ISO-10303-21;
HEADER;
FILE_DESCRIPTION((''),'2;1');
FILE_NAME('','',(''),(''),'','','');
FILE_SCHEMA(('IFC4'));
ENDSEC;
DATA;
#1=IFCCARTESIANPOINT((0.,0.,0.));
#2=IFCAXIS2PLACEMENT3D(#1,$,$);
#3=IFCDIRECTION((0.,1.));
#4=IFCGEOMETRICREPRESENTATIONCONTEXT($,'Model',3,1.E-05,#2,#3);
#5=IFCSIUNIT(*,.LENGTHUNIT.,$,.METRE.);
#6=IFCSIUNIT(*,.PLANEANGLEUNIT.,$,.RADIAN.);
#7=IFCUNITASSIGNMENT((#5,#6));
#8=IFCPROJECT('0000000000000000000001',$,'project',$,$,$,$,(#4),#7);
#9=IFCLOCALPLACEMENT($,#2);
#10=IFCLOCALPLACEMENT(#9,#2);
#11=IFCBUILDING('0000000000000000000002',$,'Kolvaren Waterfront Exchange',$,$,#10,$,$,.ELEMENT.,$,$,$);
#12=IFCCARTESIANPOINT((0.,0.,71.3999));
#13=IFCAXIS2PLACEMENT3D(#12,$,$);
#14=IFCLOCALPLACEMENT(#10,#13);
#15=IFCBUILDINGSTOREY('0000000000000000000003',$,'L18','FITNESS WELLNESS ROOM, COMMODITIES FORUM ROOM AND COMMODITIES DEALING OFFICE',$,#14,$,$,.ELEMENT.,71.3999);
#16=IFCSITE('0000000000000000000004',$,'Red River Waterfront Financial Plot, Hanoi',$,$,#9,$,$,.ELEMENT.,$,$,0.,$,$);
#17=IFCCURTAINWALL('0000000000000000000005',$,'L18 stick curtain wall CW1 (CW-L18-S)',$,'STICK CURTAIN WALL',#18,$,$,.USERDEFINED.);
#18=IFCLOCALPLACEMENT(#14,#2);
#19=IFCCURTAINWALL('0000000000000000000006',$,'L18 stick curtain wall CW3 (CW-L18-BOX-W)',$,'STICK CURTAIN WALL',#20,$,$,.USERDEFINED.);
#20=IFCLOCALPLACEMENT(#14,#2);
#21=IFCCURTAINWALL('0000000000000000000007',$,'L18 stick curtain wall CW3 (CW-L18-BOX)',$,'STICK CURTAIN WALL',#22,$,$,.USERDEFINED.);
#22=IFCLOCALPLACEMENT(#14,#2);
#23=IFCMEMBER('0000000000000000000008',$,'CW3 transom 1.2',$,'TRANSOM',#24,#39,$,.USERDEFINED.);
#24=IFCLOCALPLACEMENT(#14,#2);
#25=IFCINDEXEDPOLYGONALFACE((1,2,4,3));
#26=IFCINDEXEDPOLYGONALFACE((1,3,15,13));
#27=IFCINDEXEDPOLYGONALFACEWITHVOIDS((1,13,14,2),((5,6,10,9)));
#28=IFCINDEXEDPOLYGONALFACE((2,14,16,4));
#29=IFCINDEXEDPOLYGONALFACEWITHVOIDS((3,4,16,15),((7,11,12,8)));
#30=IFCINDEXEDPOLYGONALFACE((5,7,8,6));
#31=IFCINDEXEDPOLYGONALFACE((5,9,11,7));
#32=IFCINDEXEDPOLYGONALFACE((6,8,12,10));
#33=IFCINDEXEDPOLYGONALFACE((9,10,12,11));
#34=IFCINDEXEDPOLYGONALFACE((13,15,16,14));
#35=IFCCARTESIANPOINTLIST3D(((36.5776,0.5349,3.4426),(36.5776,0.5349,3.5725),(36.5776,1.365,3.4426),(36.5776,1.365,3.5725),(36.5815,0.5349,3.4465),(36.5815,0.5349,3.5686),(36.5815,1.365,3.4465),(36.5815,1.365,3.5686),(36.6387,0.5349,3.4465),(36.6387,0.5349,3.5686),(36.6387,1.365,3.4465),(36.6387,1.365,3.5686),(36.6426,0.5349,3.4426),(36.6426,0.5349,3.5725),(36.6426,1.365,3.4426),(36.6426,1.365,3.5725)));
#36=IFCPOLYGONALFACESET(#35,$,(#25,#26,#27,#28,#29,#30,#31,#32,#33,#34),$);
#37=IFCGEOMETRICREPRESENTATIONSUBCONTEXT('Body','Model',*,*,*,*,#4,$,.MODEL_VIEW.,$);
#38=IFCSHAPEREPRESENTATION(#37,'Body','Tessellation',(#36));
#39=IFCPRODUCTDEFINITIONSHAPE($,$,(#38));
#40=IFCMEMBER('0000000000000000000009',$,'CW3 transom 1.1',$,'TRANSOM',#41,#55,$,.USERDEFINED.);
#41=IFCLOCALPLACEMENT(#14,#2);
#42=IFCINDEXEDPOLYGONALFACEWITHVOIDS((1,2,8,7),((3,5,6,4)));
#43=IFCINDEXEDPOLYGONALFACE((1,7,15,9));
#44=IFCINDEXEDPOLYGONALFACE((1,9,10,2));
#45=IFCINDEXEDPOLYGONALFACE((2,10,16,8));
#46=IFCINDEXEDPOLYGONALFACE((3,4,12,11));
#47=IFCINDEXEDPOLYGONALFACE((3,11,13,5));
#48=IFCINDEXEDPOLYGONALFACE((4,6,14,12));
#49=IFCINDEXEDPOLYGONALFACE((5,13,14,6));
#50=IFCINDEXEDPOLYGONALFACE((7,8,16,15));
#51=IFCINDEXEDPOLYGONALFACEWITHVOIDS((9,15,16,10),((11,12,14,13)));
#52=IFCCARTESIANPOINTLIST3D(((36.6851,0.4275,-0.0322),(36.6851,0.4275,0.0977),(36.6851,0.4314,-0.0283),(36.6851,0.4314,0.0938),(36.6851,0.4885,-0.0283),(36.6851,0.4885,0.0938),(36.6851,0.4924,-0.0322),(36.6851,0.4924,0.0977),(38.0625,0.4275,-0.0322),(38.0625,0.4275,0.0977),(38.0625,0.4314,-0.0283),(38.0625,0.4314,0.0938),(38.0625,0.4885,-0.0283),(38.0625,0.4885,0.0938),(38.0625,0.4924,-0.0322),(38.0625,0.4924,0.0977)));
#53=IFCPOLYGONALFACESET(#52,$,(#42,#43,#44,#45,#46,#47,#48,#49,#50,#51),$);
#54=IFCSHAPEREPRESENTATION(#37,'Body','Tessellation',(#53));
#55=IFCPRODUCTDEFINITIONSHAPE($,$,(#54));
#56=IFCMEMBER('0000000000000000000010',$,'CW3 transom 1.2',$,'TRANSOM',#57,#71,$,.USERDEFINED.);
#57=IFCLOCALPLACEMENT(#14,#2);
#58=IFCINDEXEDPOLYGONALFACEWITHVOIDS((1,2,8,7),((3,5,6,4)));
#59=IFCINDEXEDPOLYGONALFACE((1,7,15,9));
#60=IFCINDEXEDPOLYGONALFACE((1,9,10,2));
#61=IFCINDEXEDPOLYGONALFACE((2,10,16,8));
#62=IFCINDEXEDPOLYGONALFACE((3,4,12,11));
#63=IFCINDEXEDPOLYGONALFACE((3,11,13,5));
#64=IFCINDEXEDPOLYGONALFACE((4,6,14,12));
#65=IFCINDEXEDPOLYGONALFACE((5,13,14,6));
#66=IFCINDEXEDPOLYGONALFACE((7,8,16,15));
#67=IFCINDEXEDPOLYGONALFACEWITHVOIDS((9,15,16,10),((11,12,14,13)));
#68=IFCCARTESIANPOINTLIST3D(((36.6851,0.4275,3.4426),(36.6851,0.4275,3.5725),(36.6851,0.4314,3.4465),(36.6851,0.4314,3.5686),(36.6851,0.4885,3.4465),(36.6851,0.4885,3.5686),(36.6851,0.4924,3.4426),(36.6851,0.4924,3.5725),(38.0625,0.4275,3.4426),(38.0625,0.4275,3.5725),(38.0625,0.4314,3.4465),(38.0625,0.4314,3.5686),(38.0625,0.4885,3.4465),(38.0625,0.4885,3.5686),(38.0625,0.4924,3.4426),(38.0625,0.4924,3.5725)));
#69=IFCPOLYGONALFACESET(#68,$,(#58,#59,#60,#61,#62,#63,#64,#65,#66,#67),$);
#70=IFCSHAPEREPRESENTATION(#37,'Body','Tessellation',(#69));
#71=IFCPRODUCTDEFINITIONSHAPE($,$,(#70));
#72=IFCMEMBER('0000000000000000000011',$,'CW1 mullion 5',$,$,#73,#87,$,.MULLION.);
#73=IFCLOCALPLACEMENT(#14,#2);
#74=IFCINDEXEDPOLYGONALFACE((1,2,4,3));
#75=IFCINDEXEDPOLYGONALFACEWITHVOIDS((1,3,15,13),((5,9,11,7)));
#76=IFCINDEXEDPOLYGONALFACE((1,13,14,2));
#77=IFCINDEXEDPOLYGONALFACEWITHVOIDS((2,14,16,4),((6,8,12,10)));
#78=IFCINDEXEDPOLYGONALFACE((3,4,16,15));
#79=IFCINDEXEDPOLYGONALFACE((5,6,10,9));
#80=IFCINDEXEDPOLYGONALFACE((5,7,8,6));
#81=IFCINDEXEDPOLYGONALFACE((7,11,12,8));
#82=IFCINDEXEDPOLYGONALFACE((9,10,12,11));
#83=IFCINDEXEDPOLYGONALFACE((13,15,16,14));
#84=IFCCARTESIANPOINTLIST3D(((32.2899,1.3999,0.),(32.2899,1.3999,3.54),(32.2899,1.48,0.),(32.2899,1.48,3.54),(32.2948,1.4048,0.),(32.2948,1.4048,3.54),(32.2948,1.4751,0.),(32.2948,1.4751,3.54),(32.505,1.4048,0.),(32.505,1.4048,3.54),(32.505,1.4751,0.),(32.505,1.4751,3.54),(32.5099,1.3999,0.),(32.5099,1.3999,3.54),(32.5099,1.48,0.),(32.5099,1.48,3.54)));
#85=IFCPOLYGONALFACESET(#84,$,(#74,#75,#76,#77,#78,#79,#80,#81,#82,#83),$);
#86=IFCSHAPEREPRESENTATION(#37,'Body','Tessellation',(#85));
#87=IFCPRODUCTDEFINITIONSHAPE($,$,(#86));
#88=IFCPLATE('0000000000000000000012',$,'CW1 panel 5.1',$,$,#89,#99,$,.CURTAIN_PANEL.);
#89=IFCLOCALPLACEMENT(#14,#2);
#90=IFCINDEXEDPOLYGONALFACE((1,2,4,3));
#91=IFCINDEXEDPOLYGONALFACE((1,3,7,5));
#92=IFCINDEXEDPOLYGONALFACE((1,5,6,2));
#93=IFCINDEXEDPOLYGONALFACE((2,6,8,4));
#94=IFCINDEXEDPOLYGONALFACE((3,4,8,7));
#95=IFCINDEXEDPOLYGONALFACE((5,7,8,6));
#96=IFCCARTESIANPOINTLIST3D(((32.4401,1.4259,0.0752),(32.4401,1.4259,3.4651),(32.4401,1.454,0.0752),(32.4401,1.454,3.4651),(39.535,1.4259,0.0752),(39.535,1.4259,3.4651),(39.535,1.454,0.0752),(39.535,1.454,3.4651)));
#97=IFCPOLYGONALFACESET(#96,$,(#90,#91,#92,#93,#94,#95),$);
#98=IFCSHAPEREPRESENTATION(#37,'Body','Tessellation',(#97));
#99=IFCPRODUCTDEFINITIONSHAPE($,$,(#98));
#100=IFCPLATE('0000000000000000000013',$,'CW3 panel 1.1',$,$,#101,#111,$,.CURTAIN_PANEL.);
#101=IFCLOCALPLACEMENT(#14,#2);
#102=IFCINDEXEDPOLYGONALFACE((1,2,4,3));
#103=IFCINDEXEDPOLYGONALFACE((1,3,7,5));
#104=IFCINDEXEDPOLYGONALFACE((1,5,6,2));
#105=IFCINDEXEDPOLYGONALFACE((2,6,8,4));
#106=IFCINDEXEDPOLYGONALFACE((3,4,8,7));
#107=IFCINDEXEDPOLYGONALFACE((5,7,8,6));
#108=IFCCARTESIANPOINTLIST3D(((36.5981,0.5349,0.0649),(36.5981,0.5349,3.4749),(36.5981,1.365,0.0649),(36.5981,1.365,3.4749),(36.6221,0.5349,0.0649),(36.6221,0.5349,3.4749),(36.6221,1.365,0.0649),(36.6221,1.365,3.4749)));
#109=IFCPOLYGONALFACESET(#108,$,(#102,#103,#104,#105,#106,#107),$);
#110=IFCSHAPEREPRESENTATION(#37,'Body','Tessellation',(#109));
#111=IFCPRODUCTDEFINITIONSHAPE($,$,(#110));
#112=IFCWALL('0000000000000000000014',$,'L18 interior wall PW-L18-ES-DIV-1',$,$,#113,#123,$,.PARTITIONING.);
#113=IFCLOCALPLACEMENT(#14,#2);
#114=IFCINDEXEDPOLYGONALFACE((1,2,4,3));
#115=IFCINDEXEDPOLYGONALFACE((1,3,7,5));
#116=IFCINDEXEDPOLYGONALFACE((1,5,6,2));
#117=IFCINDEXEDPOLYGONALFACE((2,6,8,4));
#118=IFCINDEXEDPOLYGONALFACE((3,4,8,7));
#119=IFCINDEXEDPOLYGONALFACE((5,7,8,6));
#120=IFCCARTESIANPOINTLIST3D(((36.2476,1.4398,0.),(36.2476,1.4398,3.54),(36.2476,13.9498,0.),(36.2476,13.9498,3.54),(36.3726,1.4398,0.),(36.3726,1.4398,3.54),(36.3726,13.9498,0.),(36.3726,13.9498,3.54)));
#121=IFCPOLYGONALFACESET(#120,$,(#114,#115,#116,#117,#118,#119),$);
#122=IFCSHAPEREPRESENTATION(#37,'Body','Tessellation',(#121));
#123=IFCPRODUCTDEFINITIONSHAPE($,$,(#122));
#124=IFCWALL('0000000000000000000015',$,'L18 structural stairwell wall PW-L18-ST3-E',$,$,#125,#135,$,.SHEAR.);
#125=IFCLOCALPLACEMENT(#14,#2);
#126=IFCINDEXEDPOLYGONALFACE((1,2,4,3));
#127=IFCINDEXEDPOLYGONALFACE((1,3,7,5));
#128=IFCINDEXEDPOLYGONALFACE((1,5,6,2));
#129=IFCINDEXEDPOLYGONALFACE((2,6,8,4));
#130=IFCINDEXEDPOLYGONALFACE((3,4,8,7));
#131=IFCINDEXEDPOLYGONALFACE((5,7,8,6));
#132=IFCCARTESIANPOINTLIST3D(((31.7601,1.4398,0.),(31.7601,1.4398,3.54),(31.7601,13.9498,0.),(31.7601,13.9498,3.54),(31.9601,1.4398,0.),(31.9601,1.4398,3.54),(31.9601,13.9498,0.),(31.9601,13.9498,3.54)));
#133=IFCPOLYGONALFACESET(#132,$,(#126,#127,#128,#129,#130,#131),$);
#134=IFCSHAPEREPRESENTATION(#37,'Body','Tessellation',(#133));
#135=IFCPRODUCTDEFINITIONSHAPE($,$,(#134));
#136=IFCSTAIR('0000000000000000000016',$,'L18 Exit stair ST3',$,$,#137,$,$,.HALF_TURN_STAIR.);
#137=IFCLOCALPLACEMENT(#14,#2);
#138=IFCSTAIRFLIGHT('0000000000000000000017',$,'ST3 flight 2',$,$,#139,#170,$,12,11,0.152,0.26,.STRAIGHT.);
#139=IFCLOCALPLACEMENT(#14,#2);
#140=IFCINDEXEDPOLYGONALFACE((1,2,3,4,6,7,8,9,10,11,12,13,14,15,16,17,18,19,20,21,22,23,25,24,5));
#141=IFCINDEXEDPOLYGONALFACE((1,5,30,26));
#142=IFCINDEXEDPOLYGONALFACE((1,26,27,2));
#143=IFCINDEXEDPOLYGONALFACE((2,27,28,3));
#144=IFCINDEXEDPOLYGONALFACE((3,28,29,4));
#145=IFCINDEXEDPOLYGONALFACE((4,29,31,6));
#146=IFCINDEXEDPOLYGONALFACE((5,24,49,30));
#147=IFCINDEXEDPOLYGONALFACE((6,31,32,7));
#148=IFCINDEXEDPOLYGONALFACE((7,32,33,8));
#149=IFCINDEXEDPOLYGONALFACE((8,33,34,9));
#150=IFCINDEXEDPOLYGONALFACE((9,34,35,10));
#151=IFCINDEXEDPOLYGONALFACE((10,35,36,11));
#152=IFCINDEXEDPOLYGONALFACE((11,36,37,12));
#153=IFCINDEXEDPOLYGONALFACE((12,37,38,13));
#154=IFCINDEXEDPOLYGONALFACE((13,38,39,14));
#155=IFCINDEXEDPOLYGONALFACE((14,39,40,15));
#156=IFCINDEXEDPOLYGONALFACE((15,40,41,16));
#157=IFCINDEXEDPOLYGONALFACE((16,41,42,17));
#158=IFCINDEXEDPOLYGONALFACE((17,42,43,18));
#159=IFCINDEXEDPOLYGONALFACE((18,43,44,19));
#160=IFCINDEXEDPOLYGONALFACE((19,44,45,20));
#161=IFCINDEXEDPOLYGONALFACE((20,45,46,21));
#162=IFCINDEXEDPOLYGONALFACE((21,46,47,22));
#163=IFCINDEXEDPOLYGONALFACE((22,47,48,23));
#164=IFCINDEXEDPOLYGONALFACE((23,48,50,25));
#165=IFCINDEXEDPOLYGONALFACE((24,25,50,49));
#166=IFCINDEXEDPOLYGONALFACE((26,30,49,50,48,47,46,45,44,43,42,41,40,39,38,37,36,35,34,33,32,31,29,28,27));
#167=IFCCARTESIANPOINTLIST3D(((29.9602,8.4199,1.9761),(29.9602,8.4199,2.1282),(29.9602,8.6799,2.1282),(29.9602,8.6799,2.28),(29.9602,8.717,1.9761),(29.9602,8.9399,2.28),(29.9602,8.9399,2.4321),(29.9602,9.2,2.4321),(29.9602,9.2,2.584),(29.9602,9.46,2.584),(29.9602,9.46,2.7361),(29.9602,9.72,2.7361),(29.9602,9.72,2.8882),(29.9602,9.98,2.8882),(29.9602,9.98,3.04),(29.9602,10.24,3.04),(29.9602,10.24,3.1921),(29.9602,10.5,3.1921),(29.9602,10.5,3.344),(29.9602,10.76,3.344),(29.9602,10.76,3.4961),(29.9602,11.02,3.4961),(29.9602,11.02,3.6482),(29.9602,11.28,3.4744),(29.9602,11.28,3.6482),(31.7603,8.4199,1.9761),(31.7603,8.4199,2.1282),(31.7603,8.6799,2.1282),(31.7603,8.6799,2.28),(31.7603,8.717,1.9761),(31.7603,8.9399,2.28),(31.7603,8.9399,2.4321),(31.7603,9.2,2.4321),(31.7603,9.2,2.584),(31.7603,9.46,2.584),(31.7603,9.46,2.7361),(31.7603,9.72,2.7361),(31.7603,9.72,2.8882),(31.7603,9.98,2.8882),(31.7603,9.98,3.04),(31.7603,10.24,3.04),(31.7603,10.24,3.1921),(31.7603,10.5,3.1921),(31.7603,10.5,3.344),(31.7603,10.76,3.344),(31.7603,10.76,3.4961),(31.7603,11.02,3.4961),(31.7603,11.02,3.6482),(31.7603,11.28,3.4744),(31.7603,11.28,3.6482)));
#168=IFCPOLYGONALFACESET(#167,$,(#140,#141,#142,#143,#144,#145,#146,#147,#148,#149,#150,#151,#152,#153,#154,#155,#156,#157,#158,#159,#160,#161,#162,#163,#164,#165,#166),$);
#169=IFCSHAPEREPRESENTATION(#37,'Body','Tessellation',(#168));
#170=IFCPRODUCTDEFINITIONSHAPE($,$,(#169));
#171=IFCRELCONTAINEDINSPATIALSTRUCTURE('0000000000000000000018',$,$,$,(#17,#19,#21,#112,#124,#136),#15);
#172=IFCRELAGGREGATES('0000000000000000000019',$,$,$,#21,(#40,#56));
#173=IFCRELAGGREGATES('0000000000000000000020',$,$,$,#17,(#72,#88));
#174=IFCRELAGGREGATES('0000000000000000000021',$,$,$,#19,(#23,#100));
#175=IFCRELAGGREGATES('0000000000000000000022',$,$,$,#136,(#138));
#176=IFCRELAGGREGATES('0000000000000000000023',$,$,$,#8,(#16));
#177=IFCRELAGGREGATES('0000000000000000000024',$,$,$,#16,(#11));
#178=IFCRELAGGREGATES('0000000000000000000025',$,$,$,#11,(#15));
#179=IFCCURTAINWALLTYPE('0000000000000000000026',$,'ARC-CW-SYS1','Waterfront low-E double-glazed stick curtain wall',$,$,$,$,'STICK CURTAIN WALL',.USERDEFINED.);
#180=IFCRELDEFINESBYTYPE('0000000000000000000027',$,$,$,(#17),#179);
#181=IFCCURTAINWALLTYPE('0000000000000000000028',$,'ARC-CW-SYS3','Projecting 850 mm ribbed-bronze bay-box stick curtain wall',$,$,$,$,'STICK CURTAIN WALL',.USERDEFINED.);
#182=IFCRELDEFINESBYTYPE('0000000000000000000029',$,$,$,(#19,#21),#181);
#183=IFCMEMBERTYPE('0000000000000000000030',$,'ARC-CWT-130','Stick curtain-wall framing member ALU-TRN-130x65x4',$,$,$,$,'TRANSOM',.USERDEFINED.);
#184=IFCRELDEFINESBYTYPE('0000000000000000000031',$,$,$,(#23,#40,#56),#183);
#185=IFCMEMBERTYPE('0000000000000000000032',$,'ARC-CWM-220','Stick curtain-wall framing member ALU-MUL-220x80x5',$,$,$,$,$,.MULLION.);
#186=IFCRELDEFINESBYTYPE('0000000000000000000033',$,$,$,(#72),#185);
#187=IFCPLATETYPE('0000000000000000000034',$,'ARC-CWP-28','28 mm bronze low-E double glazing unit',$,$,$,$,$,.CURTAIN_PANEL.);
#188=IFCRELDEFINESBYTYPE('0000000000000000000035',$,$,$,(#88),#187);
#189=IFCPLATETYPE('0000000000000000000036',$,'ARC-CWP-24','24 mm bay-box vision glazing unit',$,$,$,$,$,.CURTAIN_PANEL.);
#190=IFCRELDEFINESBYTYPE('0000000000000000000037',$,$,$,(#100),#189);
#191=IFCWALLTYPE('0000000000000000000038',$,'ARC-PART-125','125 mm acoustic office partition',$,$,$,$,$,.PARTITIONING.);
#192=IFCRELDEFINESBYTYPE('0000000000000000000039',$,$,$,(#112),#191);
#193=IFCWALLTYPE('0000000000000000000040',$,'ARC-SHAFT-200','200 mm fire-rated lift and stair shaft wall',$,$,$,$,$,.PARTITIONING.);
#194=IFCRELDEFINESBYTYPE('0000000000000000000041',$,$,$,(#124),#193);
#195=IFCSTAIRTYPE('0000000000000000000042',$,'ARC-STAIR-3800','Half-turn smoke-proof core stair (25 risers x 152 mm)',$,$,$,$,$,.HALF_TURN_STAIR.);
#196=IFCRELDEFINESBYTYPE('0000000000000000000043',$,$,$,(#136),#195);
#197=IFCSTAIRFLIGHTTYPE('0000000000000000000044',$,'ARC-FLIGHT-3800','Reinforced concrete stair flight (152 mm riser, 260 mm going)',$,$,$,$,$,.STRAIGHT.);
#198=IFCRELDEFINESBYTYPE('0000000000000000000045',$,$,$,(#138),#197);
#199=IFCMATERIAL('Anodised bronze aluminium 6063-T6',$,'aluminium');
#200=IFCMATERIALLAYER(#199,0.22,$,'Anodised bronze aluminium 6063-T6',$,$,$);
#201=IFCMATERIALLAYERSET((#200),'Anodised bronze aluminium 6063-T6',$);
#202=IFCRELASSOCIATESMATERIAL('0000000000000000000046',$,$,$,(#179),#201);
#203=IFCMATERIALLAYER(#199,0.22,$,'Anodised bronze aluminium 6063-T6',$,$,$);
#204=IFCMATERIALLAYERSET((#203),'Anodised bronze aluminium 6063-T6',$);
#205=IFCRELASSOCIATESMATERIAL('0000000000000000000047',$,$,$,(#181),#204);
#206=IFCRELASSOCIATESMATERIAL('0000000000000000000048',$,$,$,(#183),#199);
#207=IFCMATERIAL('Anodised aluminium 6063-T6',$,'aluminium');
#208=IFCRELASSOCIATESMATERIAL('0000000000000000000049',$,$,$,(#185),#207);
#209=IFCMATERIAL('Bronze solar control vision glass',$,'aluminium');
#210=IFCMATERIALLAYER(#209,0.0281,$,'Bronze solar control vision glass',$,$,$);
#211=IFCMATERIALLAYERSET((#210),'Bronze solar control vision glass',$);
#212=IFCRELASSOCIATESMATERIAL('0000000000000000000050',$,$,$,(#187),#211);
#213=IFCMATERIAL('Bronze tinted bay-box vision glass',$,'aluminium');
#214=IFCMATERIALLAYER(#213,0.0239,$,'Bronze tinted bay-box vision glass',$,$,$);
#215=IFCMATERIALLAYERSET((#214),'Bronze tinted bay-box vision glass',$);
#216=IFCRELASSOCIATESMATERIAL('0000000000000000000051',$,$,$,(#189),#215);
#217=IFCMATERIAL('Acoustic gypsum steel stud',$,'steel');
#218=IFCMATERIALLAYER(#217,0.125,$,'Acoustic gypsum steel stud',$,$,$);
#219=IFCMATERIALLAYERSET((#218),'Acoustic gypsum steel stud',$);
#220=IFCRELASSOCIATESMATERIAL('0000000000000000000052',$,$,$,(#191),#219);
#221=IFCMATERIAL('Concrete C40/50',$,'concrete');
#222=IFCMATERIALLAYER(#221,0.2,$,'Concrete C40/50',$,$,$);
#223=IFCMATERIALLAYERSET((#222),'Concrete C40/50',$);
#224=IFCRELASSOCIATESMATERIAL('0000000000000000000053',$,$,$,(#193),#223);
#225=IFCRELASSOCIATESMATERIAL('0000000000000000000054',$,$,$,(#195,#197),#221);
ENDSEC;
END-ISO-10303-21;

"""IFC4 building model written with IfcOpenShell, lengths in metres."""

from ifc_helpers import new_model, si_unit, direction, frame, frame_2d, origin, origin_with_axes, origin_2d, place, context, subcontext, project, spatial, polyline, rectangle, hollow_rectangle, outline, extrude, source, transform, mapped, material, layer, layer_set, material_profile, profile_set, type_object, element, aggregate, save


model = new_model("IFC4")

# Units and contexts
model_context = context("Model", 3, precision=1e-05, world=origin(), true_north=direction((0.0, 1.0)))
body_context = subcontext(model_context, "Body", "Model", "MODEL_VIEW")
ifc_project = project(units=[si_unit("LENGTHUNIT", "METRE"), si_unit("PLANEANGLEUNIT", "RADIAN")], contexts=[model_context])

# Site, building, storey
site_placement = place(None, origin())
site = spatial("IfcSite", under=ifc_project, at=site_placement, Name="Red River Waterfront Financial Plot, Hanoi", CompositionType="ELEMENT", RefElevation=0.0)
building_placement = place(site_placement, origin())
building = spatial("IfcBuilding", under=site, at=building_placement, Name="Kolvaren Waterfront Exchange", CompositionType="ELEMENT")
storey_placement = place(building_placement, frame((0.0, 0.0, 71.3999)))
storey = spatial("IfcBuildingStorey", under=building, at=storey_placement, Name="L18", Description="FITNESS WELLNESS ROOM, COMMODITIES FORUM ROOM AND COMMODITIES DEALING OFFICE", CompositionType="ELEMENT", Elevation=71.3999)

# Curtain walls
ifc_material_1 = material(Name="Anodised bronze aluminium 6063-T6", Category="aluminium")
ifc_layer_1 = layer(ifc_material_1, 0.22, Name="Anodised bronze aluminium 6063-T6")
ifc_layer_set_1 = layer_set([ifc_layer_1], Name="Anodised bronze aluminium 6063-T6")
curtain_wall_type_1 = type_object("IfcCurtainWallType", Name="ARC-CW-SYS1", Description="Waterfront low-E double-glazed stick curtain wall", ElementType="STICK CURTAIN WALL", PredefinedType="USERDEFINED", material=ifc_layer_set_1)
curtain_wall_1_placement = place(storey_placement, origin())
curtain_wall_1 = element("IfcCurtainWall", 1, at=curtain_wall_1_placement, inside=storey, type_object=curtain_wall_type_1, Name="L18 stick curtain wall CW1 (CW-L18-S)", ObjectType="STICK CURTAIN WALL", PredefinedType="USERDEFINED")
ifc_material_2 = material(Name="Anodised aluminium 6063-T6", Category="aluminium")
ifc_layer_2 = layer(ifc_material_1, 0.22, Name="Anodised bronze aluminium 6063-T6")
ifc_layer_set_2 = layer_set([ifc_layer_2], Name="Anodised bronze aluminium 6063-T6")
curtain_wall_type_2 = type_object("IfcCurtainWallType", Name="ARC-CW-SYS3", Description="Projecting 850 mm ribbed-bronze bay-box stick curtain wall", ElementType="STICK CURTAIN WALL", PredefinedType="USERDEFINED", material=ifc_layer_set_2)
curtain_wall_2_placement = place(storey_placement, origin())
curtain_wall_2 = element("IfcCurtainWall", 2, at=curtain_wall_2_placement, inside=storey, type_object=curtain_wall_type_2, Name="L18 stick curtain wall CW3 (CW-L18-BOX-W)", ObjectType="STICK CURTAIN WALL", PredefinedType="USERDEFINED")

# Curtain wall
curtain_wall_3_placement = place(storey_placement, origin())
curtain_wall_3 = element("IfcCurtainWall", 3, at=curtain_wall_3_placement, inside=storey, type_object=curtain_wall_type_2, Name="L18 stick curtain wall CW3 (CW-L18-BOX)", ObjectType="STICK CURTAIN WALL", PredefinedType="USERDEFINED")

# Members
ifc_material_profile_1 = material_profile(ifc_material_1, hollow_rectangle(XDim=0.0649, YDim=0.1299, WallThickness=0.0039, at=origin_2d()), Name="ALU-TRN-130x65x4")
ifc_profile_set_1 = profile_set([ifc_material_profile_1], Name="Anodised bronze aluminium 6063-T6")
member_type_1 = type_object("IfcMemberType", Name="ARC-CWT-130", Description="Stick curtain-wall framing member ALU-TRN-130x65x4", ElementType="TRANSOM", PredefinedType="USERDEFINED", material=ifc_profile_set_1)
shared_shape_1 = source(origin_with_axes(), body_context, "Body", "SweptSolid", [
    extrude(hollow_rectangle(XDim=0.0649, YDim=0.1299, WallThickness=0.0039, at=origin_2d()), origin(), (0.0, 0.0, 1.0), 0.8301),
])
member_1_placement = place(storey_placement, frame((36.6101, 1.365, 3.5076), z_axis=(0.0, -1.0, 0.0), x_axis=(1.0, 0.0, 0.0)))
member_1 = element("IfcMember", 4, at=member_1_placement, type_object=member_type_1, Name="CW3 transom 1.2", ObjectType="TRANSOM", PredefinedType="USERDEFINED", context=body_context, shape_type="MappedRepresentation", body=[
    mapped(shared_shape_1, transform((0.0, 0.0, 0.0), x_axis=(1.0, 0.0, 0.0), y_axis=(0.0, 1.0, 0.0), z_axis=(0.0, 0.0, 1.0), scale=1.0)),
])
shared_shape_2 = source(origin_with_axes(), body_context, "Body", "SweptSolid", [
    extrude(hollow_rectangle(XDim=0.0649, YDim=0.1299, WallThickness=0.0039, at=origin_2d()), origin(), (0.0, 0.0, 1.0), 1.3774),
])
member_2_placement = place(storey_placement, frame((36.6851, 0.46, 0.0327), z_axis=(1.0, 0.0, 0.0), x_axis=(0.0, 1.0, 0.0)))
member_2 = element("IfcMember", 5, at=member_2_placement, type_object=member_type_1, Name="CW3 transom 1.1", ObjectType="TRANSOM", PredefinedType="USERDEFINED", context=body_context, shape_type="MappedRepresentation", body=[
    mapped(shared_shape_2, transform((0.0, 0.0, 0.0), x_axis=(1.0, 0.0, 0.0), y_axis=(0.0, 1.0, 0.0), z_axis=(0.0, 0.0, 1.0), scale=1.0)),
])
member_3_placement = place(storey_placement, frame((36.6851, 0.46, 3.5076), z_axis=(1.0, 0.0, 0.0), x_axis=(0.0, 1.0, 0.0)))
member_3 = element("IfcMember", 6, at=member_3_placement, type_object=member_type_1, Name="CW3 transom 1.2", ObjectType="TRANSOM", PredefinedType="USERDEFINED", context=body_context, shape_type="MappedRepresentation", body=[
    mapped(shared_shape_2, transform((0.0, 0.0, 0.0), x_axis=(1.0, 0.0, 0.0), y_axis=(0.0, 1.0, 0.0), z_axis=(0.0, 0.0, 1.0), scale=1.0)),
])
aggregate(curtain_wall_3, [member_2, member_3])
ifc_material_profile_2 = material_profile(ifc_material_2, hollow_rectangle(XDim=0.0801, YDim=0.22, WallThickness=0.0049, at=origin_2d()), Name="ALU-MUL-220x80x5")
ifc_profile_set_2 = profile_set([ifc_material_profile_2], Name="Anodised aluminium 6063-T6")
member_type_2 = type_object("IfcMemberType", Name="ARC-CWM-220", Description="Stick curtain-wall framing member ALU-MUL-220x80x5", PredefinedType="MULLION", material=ifc_profile_set_2)
shared_shape_3 = source(origin_with_axes(), body_context, "Body", "SweptSolid", [
    extrude(hollow_rectangle(XDim=0.0801, YDim=0.22, WallThickness=0.0049, at=origin_2d()), origin(), (0.0, 0.0, 1.0), 3.54),
])
member_4_placement = place(storey_placement, frame((32.3999, 1.4399, 0.0), z_axis=(0.0, 0.0, 1.0), x_axis=(0.0, 1.0, 0.0)))
member_4 = element("IfcMember", 7, at=member_4_placement, type_object=member_type_2, Name="CW1 mullion 5", PredefinedType="MULLION", context=body_context, shape_type="MappedRepresentation", body=[
    mapped(shared_shape_3, transform((0.0, 0.0, 0.0), x_axis=(1.0, 0.0, 0.0), y_axis=(0.0, 1.0, 0.0), z_axis=(0.0, 0.0, 1.0), scale=1.0)),
])

# Plates
ifc_material_3 = material(Name="Bronze solar control vision glass", Category="aluminium")
ifc_layer_3 = layer(ifc_material_3, 0.0281, Name="Bronze solar control vision glass")
ifc_layer_set_3 = layer_set([ifc_layer_3], Name="Bronze solar control vision glass")
plate_type_1 = type_object("IfcPlateType", Name="ARC-CWP-28", Description="28 mm bronze low-E double glazing unit", PredefinedType="CURTAIN_PANEL", material=ifc_layer_set_3)
shared_shape_4 = source(origin_with_axes(), body_context, "Body", "SweptSolid", [
    extrude(rectangle(XDim=7.095, YDim=0.0281, at=origin_2d()), origin(), (0.0, 0.0, 1.0), 3.3899),
])
plate_1_placement = place(storey_placement, frame((35.9875, 1.4399, 0.0752), z_axis=(0.0, 0.0, 1.0), x_axis=(1.0, 0.0, 0.0)))
plate_1 = element("IfcPlate", 8, at=plate_1_placement, type_object=plate_type_1, Name="CW1 panel 5.1", PredefinedType="CURTAIN_PANEL", context=body_context, shape_type="MappedRepresentation", body=[
    mapped(shared_shape_4, transform((0.0, 0.0, 0.0), x_axis=(1.0, 0.0, 0.0), y_axis=(0.0, 1.0, 0.0), z_axis=(0.0, 0.0, 1.0), scale=1.0)),
])
aggregate(curtain_wall_1, [member_4, plate_1])
ifc_material_4 = material(Name="Bronze tinted bay-box vision glass", Category="aluminium")
ifc_layer_4 = layer(ifc_material_4, 0.0239, Name="Bronze tinted bay-box vision glass")
ifc_layer_set_4 = layer_set([ifc_layer_4], Name="Bronze tinted bay-box vision glass")
plate_type_2 = type_object("IfcPlateType", Name="ARC-CWP-24", Description="24 mm bay-box vision glazing unit", PredefinedType="CURTAIN_PANEL", material=ifc_layer_set_4)
shared_shape_5 = source(origin_with_axes(), body_context, "Body", "SweptSolid", [
    extrude(rectangle(XDim=0.8301, YDim=0.0239, at=origin_2d()), origin(), (0.0, 0.0, 1.0), 3.4099),
])
plate_2_placement = place(storey_placement, frame((36.6101, 0.95, 0.0649), z_axis=(0.0, 0.0, 1.0), x_axis=(0.0, -1.0, 0.0)))
plate_2 = element("IfcPlate", 9, at=plate_2_placement, type_object=plate_type_2, Name="CW3 panel 1.1", PredefinedType="CURTAIN_PANEL", context=body_context, shape_type="MappedRepresentation", body=[
    mapped(shared_shape_5, transform((0.0, 0.0, 0.0), x_axis=(1.0, 0.0, 0.0), y_axis=(0.0, 1.0, 0.0), z_axis=(0.0, 0.0, 1.0), scale=1.0)),
])
aggregate(curtain_wall_2, [member_1, plate_2])

# Walls
ifc_material_5 = material(Name="Acoustic gypsum steel stud", Category="steel")
ifc_layer_5 = layer(ifc_material_5, 0.125, Name="Acoustic gypsum steel stud")
ifc_layer_set_5 = layer_set([ifc_layer_5], Name="Acoustic gypsum steel stud")
wall_type_1 = type_object("IfcWallType", Name="ARC-PART-125", Description="125 mm acoustic office partition", PredefinedType="PARTITIONING", material=ifc_layer_set_5)
wall_1_placement = place(storey_placement, frame((36.3101, 1.4399, 0.0), z_axis=(0.0, 0.0, 1.0), x_axis=(0.0, 1.0, 0.0)))
element("IfcWall", 10, at=wall_1_placement, inside=storey, type_object=wall_type_1, Name="L18 interior wall PW-L18-ES-DIV-1", PredefinedType="PARTITIONING", context=body_context, shape_type="SweptSolid", body=[
    extrude(rectangle(XDim=12.51, YDim=0.125, at=frame_2d((6.2549, 0.0))), origin(), (0.0, 0.0, 1.0), 3.54),
])
ifc_material_6 = material(Name="Concrete C40/50", Category="concrete")
ifc_layer_6 = layer(ifc_material_6, 0.2, Name="Concrete C40/50")
ifc_layer_set_6 = layer_set([ifc_layer_6], Name="Concrete C40/50")
wall_type_2 = type_object("IfcWallType", Name="ARC-SHAFT-200", Description="200 mm fire-rated lift and stair shaft wall", PredefinedType="PARTITIONING", material=ifc_layer_set_6)
wall_2_placement = place(storey_placement, frame((31.8601, 1.4399, 0.0), z_axis=(0.0, 0.0, 1.0), x_axis=(0.0, 1.0, 0.0)))
element("IfcWall", 11, at=wall_2_placement, inside=storey, type_object=wall_type_2, Name="L18 structural stairwell wall PW-L18-ST3-E", PredefinedType="SHEAR", context=body_context, shape_type="SweptSolid", body=[
    extrude(rectangle(XDim=12.51, YDim=0.2, at=frame_2d((6.2549, 0.0))), origin(), (0.0, 0.0, 1.0), 3.54),
])

# Stair, stair flight
stair_type = type_object("IfcStairType", Name="ARC-STAIR-3800", Description="Half-turn smoke-proof core stair (25 risers x 152 mm)", PredefinedType="HALF_TURN_STAIR", material=ifc_material_6)
stair_placement = place(storey_placement, origin())
stair = element("IfcStair", 12, at=stair_placement, inside=storey, type_object=stair_type, Name="L18 Exit stair ST3", PredefinedType="HALF_TURN_STAIR")
stair_flight_type = type_object("IfcStairFlightType", Name="ARC-FLIGHT-3800", Description="Reinforced concrete stair flight (152 mm riser, 260 mm going)", PredefinedType="STRAIGHT", material=ifc_material_6)
stair_flight_placement = place(storey_placement, frame((30.8601, 8.4199, 1.9761), z_axis=(0.0, 0.0, 1.0), x_axis=(0.0, 1.0, 0.0)))
stair_flight = element("IfcStairFlight", 13, at=stair_flight_placement, type_object=stair_flight_type, Name="ST3 flight 2", NumberOfRisers=12, NumberOfTreads=11, PredefinedType="STRAIGHT", RiserHeight=0.152, TreadLength=0.26, context=body_context, shape_type="SweptSolid", body=[
    extrude(outline(polyline([(0.0, 0.0), (0.0, 0.1521), (0.26, 0.1521), (0.26, 0.304), (0.52, 0.304), (0.52, 0.4561), (0.78, 0.4561), (0.78, 0.6079), (1.04, 0.6079), (1.04, 0.76), (1.3, 0.76), (1.3, 0.9121), (1.5601, 0.9121), (1.5601, 1.064), (1.8201, 1.064), (1.8201, 1.2161), (2.0801, 1.2161), (2.0801, 1.3679), (2.3401, 1.3679), (2.3401, 1.52), (2.6001, 1.52), (2.6001, 1.6721), (2.8601, 1.6721), (2.8601, 1.824), (2.8601, 1.4983), (0.2971, 0.0), (0.0, 0.0)])), frame((0.0, 0.8999, 0.0), z_axis=(0.0, -1.0, 0.0), x_axis=(1.0, 0.0, 0.0)), (0.0, 0.0, 1.0), 1.8),
])
aggregate(stair, [stair_flight])

save(model, "model.ifc")
